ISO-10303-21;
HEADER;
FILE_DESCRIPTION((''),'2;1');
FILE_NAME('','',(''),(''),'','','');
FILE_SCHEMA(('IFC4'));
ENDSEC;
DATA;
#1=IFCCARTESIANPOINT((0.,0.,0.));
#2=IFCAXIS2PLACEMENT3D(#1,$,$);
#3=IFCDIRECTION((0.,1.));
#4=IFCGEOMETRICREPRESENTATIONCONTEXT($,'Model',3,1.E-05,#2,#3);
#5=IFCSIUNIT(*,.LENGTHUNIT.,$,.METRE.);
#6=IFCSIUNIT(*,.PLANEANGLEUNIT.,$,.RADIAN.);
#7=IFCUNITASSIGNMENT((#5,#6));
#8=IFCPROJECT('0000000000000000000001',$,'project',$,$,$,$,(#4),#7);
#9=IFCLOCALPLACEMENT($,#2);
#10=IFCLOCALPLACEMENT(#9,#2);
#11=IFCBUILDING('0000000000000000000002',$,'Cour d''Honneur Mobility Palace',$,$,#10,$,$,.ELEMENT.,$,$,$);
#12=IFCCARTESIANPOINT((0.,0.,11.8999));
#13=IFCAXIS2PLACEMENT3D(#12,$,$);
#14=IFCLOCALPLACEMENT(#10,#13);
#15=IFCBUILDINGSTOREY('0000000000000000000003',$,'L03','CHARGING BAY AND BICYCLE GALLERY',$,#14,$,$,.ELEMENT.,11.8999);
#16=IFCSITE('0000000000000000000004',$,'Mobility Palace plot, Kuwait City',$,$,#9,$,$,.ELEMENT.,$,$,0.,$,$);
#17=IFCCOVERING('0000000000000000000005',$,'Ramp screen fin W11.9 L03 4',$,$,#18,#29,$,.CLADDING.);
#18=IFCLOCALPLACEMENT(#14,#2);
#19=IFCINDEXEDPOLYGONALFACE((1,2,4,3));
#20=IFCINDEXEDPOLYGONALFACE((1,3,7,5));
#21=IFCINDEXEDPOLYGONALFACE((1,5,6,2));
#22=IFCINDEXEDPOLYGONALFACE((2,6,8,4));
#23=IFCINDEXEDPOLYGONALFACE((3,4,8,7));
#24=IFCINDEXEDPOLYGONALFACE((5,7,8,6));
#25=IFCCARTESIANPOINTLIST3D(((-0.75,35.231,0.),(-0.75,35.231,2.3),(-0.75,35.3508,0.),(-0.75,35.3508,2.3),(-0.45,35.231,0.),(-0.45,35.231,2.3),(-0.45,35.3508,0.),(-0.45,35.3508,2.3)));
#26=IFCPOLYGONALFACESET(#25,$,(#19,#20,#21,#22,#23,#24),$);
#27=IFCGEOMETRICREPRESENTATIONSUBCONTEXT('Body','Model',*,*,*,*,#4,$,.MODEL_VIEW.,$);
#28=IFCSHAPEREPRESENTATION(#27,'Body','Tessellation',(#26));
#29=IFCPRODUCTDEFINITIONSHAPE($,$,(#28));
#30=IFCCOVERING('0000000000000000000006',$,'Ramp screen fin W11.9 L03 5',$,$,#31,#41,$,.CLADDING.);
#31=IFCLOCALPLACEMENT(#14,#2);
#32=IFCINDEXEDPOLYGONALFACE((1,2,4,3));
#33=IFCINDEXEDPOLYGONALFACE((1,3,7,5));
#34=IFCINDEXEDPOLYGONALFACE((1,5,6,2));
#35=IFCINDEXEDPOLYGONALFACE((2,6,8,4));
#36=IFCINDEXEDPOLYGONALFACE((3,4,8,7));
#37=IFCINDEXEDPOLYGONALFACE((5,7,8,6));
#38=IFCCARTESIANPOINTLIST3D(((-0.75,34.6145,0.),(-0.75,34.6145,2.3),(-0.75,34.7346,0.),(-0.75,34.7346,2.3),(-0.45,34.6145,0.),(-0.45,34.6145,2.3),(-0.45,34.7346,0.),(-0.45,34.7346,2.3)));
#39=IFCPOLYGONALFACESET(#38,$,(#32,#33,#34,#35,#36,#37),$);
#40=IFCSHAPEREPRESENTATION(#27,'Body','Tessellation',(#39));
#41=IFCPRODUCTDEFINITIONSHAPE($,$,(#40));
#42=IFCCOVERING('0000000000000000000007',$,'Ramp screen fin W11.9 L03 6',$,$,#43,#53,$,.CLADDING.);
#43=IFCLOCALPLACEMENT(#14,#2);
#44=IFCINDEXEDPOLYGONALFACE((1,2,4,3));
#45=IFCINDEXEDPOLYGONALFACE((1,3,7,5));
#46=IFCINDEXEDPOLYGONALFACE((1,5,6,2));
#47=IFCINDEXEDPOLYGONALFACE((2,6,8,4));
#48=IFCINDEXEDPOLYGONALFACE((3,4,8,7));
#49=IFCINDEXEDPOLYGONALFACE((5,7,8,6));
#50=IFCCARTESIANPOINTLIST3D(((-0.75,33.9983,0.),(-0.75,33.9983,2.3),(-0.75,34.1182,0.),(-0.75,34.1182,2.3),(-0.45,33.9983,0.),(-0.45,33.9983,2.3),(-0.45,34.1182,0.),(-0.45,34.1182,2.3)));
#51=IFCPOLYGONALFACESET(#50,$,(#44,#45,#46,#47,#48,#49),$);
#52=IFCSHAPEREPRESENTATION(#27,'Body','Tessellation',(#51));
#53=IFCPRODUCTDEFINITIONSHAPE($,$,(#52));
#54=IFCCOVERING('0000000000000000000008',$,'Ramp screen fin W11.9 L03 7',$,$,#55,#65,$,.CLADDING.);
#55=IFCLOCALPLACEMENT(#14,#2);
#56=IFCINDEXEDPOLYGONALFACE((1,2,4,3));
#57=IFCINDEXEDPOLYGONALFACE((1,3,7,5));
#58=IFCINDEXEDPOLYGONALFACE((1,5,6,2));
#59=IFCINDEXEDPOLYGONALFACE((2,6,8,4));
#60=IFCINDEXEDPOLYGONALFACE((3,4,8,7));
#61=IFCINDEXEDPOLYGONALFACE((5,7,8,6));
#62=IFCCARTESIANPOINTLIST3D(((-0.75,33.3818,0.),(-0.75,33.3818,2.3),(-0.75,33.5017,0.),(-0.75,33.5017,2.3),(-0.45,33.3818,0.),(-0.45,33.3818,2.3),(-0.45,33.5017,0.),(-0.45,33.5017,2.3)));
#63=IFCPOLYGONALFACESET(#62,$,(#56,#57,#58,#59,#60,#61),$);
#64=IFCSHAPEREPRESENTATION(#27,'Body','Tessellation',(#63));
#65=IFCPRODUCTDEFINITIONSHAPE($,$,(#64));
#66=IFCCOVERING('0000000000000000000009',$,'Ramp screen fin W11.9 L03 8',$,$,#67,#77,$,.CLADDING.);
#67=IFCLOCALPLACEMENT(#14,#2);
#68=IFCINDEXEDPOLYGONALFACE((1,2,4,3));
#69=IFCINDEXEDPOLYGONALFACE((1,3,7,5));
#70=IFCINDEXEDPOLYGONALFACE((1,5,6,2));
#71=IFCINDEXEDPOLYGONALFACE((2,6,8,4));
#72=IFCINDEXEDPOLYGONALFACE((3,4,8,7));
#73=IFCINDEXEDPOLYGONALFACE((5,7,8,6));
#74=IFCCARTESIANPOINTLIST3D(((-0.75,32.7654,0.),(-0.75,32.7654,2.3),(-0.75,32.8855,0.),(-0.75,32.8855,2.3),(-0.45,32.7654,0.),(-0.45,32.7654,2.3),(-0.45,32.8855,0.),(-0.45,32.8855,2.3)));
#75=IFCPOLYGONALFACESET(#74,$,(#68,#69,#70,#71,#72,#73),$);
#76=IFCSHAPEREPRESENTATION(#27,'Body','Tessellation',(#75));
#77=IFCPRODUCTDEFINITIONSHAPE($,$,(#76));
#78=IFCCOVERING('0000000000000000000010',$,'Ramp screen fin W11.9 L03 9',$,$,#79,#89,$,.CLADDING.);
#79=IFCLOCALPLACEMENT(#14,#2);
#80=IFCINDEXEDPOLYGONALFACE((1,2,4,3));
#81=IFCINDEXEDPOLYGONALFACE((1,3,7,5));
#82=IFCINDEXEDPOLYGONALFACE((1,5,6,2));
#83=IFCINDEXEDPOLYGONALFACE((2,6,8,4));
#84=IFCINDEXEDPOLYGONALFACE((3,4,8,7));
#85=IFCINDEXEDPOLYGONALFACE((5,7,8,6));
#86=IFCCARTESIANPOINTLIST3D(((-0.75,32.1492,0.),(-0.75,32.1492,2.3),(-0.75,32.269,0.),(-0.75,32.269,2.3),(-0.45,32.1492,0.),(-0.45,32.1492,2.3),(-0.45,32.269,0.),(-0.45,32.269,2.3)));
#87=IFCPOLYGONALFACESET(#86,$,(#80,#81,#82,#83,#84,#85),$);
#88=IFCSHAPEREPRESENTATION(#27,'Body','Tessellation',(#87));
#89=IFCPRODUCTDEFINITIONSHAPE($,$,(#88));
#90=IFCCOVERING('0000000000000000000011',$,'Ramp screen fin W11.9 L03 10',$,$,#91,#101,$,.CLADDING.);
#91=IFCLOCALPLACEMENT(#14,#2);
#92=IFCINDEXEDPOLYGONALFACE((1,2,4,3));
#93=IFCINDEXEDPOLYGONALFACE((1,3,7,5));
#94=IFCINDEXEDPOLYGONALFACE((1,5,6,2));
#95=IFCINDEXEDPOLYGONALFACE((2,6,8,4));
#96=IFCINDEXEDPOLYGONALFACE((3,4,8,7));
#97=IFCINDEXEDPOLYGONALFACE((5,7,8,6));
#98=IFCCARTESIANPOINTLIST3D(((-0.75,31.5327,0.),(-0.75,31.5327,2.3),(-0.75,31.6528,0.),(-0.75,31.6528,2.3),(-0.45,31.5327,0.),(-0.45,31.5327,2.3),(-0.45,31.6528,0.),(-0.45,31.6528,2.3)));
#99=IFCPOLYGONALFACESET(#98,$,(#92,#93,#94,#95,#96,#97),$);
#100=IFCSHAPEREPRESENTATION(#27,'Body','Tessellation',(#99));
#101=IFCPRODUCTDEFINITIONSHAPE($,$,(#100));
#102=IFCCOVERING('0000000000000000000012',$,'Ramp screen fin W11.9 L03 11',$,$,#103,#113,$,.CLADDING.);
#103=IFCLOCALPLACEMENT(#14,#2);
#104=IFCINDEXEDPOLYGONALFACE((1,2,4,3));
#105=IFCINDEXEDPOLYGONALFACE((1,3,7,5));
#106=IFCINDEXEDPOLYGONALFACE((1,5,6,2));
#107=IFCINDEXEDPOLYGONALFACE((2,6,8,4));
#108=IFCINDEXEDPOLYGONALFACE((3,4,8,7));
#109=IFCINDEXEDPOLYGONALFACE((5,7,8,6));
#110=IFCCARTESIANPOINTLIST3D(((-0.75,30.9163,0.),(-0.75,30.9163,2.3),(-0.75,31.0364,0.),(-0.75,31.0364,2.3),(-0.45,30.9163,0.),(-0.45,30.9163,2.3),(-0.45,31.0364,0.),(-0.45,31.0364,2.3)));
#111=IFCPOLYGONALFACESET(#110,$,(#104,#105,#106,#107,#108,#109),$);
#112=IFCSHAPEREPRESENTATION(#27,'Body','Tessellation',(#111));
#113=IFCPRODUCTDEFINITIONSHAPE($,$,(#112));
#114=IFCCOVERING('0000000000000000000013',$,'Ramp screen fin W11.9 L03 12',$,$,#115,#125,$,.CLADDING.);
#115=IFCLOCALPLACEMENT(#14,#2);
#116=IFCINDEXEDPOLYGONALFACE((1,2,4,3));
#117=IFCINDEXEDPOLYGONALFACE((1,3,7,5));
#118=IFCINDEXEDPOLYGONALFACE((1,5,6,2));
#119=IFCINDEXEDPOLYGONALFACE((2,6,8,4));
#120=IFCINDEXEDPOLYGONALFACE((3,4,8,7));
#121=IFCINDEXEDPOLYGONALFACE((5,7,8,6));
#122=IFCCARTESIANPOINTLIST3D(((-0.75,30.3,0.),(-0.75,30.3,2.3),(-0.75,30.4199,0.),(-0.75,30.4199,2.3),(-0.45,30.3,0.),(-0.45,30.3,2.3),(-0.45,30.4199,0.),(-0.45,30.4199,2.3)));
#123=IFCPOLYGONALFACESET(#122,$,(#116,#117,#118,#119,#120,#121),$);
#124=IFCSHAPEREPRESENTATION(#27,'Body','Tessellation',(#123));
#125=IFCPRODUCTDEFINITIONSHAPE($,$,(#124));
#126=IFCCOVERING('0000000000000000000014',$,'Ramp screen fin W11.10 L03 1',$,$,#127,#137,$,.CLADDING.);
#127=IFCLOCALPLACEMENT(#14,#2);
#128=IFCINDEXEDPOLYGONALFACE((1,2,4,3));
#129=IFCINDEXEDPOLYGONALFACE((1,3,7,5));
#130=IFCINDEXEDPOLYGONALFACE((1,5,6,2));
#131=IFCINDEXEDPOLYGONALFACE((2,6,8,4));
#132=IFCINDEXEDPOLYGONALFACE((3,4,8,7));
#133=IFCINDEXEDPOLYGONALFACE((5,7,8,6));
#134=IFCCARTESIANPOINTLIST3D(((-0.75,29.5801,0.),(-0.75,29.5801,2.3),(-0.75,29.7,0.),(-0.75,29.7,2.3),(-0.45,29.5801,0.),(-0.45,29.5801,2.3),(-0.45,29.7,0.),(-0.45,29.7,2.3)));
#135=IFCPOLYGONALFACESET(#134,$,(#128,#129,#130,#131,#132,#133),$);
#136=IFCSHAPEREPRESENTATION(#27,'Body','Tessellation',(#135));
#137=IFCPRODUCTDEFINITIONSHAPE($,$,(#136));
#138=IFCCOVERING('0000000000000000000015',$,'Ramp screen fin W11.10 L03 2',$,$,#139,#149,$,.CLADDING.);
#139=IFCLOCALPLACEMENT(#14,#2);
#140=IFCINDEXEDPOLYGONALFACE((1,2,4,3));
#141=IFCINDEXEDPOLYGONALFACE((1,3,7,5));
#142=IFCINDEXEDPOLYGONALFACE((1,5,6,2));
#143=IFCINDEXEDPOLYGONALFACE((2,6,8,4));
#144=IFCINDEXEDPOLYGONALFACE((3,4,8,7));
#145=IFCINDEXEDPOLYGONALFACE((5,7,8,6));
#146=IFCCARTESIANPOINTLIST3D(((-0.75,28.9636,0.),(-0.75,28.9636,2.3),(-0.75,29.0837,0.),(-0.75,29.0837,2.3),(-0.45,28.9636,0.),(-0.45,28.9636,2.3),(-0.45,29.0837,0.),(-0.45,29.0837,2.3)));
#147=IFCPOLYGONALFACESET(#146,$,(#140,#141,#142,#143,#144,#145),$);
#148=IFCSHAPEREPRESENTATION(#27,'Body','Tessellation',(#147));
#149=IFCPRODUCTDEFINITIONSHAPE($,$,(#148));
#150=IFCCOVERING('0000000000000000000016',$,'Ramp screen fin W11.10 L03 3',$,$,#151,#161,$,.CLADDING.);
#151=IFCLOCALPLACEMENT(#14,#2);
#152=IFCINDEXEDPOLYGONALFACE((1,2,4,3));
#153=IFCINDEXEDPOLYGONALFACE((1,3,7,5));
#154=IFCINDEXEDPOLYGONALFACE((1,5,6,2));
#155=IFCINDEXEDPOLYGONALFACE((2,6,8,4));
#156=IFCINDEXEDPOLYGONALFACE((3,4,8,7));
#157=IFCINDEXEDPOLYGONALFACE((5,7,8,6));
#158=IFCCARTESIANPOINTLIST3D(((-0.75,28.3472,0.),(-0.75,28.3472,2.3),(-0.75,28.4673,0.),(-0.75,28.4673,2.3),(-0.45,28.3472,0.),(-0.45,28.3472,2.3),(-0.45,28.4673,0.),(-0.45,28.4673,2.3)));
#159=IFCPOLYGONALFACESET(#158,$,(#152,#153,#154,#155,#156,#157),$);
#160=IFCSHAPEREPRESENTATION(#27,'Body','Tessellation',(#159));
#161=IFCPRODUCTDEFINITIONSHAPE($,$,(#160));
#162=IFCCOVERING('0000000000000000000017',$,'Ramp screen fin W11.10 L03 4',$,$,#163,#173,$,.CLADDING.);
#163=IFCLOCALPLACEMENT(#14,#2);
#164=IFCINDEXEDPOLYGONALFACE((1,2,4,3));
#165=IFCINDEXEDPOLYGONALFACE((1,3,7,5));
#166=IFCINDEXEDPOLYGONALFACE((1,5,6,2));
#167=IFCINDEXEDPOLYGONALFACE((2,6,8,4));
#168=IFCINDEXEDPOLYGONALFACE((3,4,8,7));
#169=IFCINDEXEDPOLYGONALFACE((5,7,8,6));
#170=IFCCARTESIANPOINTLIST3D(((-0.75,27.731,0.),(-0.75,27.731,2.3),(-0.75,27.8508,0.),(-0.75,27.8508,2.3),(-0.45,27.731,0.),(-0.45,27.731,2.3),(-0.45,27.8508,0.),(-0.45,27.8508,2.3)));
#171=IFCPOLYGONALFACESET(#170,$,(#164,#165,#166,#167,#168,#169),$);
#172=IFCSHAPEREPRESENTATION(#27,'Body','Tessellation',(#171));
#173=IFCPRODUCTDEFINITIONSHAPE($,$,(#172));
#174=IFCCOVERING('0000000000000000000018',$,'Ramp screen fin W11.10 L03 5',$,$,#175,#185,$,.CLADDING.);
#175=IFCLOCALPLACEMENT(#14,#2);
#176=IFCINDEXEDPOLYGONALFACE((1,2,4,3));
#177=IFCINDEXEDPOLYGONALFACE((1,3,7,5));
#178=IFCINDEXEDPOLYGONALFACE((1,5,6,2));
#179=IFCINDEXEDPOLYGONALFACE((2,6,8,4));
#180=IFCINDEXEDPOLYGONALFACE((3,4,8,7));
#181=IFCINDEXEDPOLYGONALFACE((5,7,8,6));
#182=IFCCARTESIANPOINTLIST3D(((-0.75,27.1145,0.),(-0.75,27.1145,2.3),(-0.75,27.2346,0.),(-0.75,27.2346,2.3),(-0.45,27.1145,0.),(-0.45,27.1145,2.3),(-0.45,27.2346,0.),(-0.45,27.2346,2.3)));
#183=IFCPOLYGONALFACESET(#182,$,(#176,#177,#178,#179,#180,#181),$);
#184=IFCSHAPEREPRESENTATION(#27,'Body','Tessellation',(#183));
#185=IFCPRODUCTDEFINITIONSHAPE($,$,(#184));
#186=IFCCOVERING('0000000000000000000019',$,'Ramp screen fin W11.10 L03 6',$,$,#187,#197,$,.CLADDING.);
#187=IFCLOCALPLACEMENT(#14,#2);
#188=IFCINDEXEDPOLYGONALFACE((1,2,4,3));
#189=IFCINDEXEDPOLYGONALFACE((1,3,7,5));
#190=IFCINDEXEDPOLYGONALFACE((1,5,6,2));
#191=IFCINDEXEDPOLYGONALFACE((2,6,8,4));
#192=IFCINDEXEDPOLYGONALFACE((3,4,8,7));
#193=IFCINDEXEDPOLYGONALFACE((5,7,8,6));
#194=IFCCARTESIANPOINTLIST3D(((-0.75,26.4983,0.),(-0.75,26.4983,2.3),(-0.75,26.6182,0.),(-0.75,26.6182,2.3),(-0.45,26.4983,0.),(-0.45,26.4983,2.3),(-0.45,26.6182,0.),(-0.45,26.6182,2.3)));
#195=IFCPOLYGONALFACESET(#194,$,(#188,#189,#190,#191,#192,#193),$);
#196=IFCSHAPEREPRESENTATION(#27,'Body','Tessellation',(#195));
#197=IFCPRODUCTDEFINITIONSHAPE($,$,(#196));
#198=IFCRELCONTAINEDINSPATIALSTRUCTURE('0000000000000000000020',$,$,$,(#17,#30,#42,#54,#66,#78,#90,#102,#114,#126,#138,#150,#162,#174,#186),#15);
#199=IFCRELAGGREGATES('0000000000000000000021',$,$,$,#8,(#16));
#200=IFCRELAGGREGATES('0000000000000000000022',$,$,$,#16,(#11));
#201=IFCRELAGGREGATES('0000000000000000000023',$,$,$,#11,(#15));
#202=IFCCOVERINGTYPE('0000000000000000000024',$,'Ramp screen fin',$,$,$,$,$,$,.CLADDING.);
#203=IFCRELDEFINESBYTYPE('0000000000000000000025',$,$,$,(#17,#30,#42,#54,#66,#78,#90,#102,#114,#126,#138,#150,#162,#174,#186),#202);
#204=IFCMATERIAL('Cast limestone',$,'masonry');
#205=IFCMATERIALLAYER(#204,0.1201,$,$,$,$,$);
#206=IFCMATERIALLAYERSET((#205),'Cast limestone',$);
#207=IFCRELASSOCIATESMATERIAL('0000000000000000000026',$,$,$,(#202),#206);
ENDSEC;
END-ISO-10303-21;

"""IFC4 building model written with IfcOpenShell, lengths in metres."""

from ifc_helpers import new_model, si_unit, direction, frame, origin, place, context, subcontext, project, spatial, polyline, outline, extrude, material, layer, layer_set, type_object, element, save


model = new_model("IFC4")

# Units and contexts
model_context = context("Model", 3, precision=1e-05, world=origin(), true_north=direction((0.0, 1.0)))
body_context = subcontext(model_context, "Body", "Model", "MODEL_VIEW")
ifc_project = project(units=[si_unit("LENGTHUNIT", "METRE"), si_unit("PLANEANGLEUNIT", "RADIAN")], contexts=[model_context])

# Site, building, storey
site_placement = place(None, origin())
site = spatial("IfcSite", under=ifc_project, at=site_placement, Name="Mobility Palace plot, Kuwait City", CompositionType="ELEMENT", RefElevation=0.0)
building_placement = place(site_placement, origin())
building = spatial("IfcBuilding", under=site, at=building_placement, Name="Cour d'Honneur Mobility Palace", CompositionType="ELEMENT")
storey_placement = place(building_placement, frame((0.0, 0.0, 11.8999)))
storey = spatial("IfcBuildingStorey", under=building, at=storey_placement, Name="L03", Description="CHARGING BAY AND BICYCLE GALLERY", CompositionType="ELEMENT", Elevation=11.8999)

# Coverings
ifc_material = material(Name="Cast limestone", Category="masonry")
ifc_layer = layer(ifc_material, 0.1201)
ifc_layer_set = layer_set([ifc_layer], Name="Cast limestone")
covering_type = type_object("IfcCoveringType", Name="Ramp screen fin", PredefinedType="CLADDING", material=ifc_layer_set)
covering_1_placement = place(storey_placement, origin())
element("IfcCovering", 1, at=covering_1_placement, inside=storey, type_object=covering_type, Name="Ramp screen fin W11.9 L03 4", PredefinedType="CLADDING", context=body_context, shape_type="SweptSolid", body=[
    extrude(outline(polyline([(-0.45, 35.3508), (-0.45, 35.231), (-0.75, 35.231), (-0.75, 35.3508), (-0.45, 35.3508)])), origin(), (0.0, 0.0, 1.0), 2.3),
])
covering_2_placement = place(storey_placement, origin())
element("IfcCovering", 2, at=covering_2_placement, inside=storey, type_object=covering_type, Name="Ramp screen fin W11.9 L03 5", PredefinedType="CLADDING", context=body_context, shape_type="SweptSolid", body=[
    extrude(outline(polyline([(-0.45, 34.7346), (-0.45, 34.6145), (-0.75, 34.6145), (-0.75, 34.7346), (-0.45, 34.7346)])), origin(), (0.0, 0.0, 1.0), 2.3),
])
covering_3_placement = place(storey_placement, origin())
element("IfcCovering", 3, at=covering_3_placement, inside=storey, type_object=covering_type, Name="Ramp screen fin W11.9 L03 6", PredefinedType="CLADDING", context=body_context, shape_type="SweptSolid", body=[
    extrude(outline(polyline([(-0.45, 34.1182), (-0.45, 33.9983), (-0.75, 33.9983), (-0.75, 34.1182), (-0.45, 34.1182)])), origin(), (0.0, 0.0, 1.0), 2.3),
])
covering_4_placement = place(storey_placement, origin())
element("IfcCovering", 4, at=covering_4_placement, inside=storey, type_object=covering_type, Name="Ramp screen fin W11.9 L03 7", PredefinedType="CLADDING", context=body_context, shape_type="SweptSolid", body=[
    extrude(outline(polyline([(-0.45, 33.5017), (-0.45, 33.3818), (-0.75, 33.3818), (-0.75, 33.5017), (-0.45, 33.5017)])), origin(), (0.0, 0.0, 1.0), 2.3),
])
covering_5_placement = place(storey_placement, origin())
element("IfcCovering", 5, at=covering_5_placement, inside=storey, type_object=covering_type, Name="Ramp screen fin W11.9 L03 8", PredefinedType="CLADDING", context=body_context, shape_type="SweptSolid", body=[
    extrude(outline(polyline([(-0.45, 32.8855), (-0.45, 32.7654), (-0.75, 32.7654), (-0.75, 32.8855), (-0.45, 32.8855)])), origin(), (0.0, 0.0, 1.0), 2.3),
])
covering_6_placement = place(storey_placement, origin())
element("IfcCovering", 6, at=covering_6_placement, inside=storey, type_object=covering_type, Name="Ramp screen fin W11.9 L03 9", PredefinedType="CLADDING", context=body_context, shape_type="SweptSolid", body=[
    extrude(outline(polyline([(-0.45, 32.269), (-0.45, 32.1492), (-0.75, 32.1492), (-0.75, 32.269), (-0.45, 32.269)])), origin(), (0.0, 0.0, 1.0), 2.3),
])
covering_7_placement = place(storey_placement, origin())
element("IfcCovering", 7, at=covering_7_placement, inside=storey, type_object=covering_type, Name="Ramp screen fin W11.9 L03 10", PredefinedType="CLADDING", context=body_context, shape_type="SweptSolid", body=[
    extrude(outline(polyline([(-0.45, 31.6528), (-0.45, 31.5327), (-0.75, 31.5327), (-0.75, 31.6528), (-0.45, 31.6528)])), origin(), (0.0, 0.0, 1.0), 2.3),
])
covering_8_placement = place(storey_placement, origin())
element("IfcCovering", 8, at=covering_8_placement, inside=storey, type_object=covering_type, Name="Ramp screen fin W11.9 L03 11", PredefinedType="CLADDING", context=body_context, shape_type="SweptSolid", body=[
    extrude(outline(polyline([(-0.45, 31.0364), (-0.45, 30.9163), (-0.75, 30.9163), (-0.75, 31.0364), (-0.45, 31.0364)])), origin(), (0.0, 0.0, 1.0), 2.3),
])
covering_9_placement = place(storey_placement, origin())
element("IfcCovering", 9, at=covering_9_placement, inside=storey, type_object=covering_type, Name="Ramp screen fin W11.9 L03 12", PredefinedType="CLADDING", context=body_context, shape_type="SweptSolid", body=[
    extrude(outline(polyline([(-0.45, 30.4199), (-0.45, 30.3), (-0.75, 30.3), (-0.75, 30.4199), (-0.45, 30.4199)])), origin(), (0.0, 0.0, 1.0), 2.3),
])
covering_10_placement = place(storey_placement, origin())
element("IfcCovering", 10, at=covering_10_placement, inside=storey, type_object=covering_type, Name="Ramp screen fin W11.10 L03 1", PredefinedType="CLADDING", context=body_context, shape_type="SweptSolid", body=[
    extrude(outline(polyline([(-0.45, 29.7), (-0.45, 29.5801), (-0.75, 29.5801), (-0.75, 29.7), (-0.45, 29.7)])), origin(), (0.0, 0.0, 1.0), 2.3),
])
covering_11_placement = place(storey_placement, origin())
element("IfcCovering", 11, at=covering_11_placement, inside=storey, type_object=covering_type, Name="Ramp screen fin W11.10 L03 2", PredefinedType="CLADDING", context=body_context, shape_type="SweptSolid", body=[
    extrude(outline(polyline([(-0.45, 29.0837), (-0.45, 28.9636), (-0.75, 28.9636), (-0.75, 29.0837), (-0.45, 29.0837)])), origin(), (0.0, 0.0, 1.0), 2.3),
])
covering_12_placement = place(storey_placement, origin())
element("IfcCovering", 12, at=covering_12_placement, inside=storey, type_object=covering_type, Name="Ramp screen fin W11.10 L03 3", PredefinedType="CLADDING", context=body_context, shape_type="SweptSolid", body=[
    extrude(outline(polyline([(-0.45, 28.4673), (-0.45, 28.3472), (-0.75, 28.3472), (-0.75, 28.4673), (-0.45, 28.4673)])), origin(), (0.0, 0.0, 1.0), 2.3),
])
covering_13_placement = place(storey_placement, origin())
element("IfcCovering", 13, at=covering_13_placement, inside=storey, type_object=covering_type, Name="Ramp screen fin W11.10 L03 4", PredefinedType="CLADDING", context=body_context, shape_type="SweptSolid", body=[
    extrude(outline(polyline([(-0.45, 27.8508), (-0.45, 27.731), (-0.75, 27.731), (-0.75, 27.8508), (-0.45, 27.8508)])), origin(), (0.0, 0.0, 1.0), 2.3),
])
covering_14_placement = place(storey_placement, origin())
element("IfcCovering", 14, at=covering_14_placement, inside=storey, type_object=covering_type, Name="Ramp screen fin W11.10 L03 5", PredefinedType="CLADDING", context=body_context, shape_type="SweptSolid", body=[
    extrude(outline(polyline([(-0.45, 27.2346), (-0.45, 27.1145), (-0.75, 27.1145), (-0.75, 27.2346), (-0.45, 27.2346)])), origin(), (0.0, 0.0, 1.0), 2.3),
])
covering_15_placement = place(storey_placement, origin())
element("IfcCovering", 15, at=covering_15_placement, inside=storey, type_object=covering_type, Name="Ramp screen fin W11.10 L03 6", PredefinedType="CLADDING", context=body_context, shape_type="SweptSolid", body=[
    extrude(outline(polyline([(-0.45, 26.6182), (-0.45, 26.4983), (-0.75, 26.4983), (-0.75, 26.6182), (-0.45, 26.6182)])), origin(), (0.0, 0.0, 1.0), 2.3),
])

save(model, "model.ifc")
